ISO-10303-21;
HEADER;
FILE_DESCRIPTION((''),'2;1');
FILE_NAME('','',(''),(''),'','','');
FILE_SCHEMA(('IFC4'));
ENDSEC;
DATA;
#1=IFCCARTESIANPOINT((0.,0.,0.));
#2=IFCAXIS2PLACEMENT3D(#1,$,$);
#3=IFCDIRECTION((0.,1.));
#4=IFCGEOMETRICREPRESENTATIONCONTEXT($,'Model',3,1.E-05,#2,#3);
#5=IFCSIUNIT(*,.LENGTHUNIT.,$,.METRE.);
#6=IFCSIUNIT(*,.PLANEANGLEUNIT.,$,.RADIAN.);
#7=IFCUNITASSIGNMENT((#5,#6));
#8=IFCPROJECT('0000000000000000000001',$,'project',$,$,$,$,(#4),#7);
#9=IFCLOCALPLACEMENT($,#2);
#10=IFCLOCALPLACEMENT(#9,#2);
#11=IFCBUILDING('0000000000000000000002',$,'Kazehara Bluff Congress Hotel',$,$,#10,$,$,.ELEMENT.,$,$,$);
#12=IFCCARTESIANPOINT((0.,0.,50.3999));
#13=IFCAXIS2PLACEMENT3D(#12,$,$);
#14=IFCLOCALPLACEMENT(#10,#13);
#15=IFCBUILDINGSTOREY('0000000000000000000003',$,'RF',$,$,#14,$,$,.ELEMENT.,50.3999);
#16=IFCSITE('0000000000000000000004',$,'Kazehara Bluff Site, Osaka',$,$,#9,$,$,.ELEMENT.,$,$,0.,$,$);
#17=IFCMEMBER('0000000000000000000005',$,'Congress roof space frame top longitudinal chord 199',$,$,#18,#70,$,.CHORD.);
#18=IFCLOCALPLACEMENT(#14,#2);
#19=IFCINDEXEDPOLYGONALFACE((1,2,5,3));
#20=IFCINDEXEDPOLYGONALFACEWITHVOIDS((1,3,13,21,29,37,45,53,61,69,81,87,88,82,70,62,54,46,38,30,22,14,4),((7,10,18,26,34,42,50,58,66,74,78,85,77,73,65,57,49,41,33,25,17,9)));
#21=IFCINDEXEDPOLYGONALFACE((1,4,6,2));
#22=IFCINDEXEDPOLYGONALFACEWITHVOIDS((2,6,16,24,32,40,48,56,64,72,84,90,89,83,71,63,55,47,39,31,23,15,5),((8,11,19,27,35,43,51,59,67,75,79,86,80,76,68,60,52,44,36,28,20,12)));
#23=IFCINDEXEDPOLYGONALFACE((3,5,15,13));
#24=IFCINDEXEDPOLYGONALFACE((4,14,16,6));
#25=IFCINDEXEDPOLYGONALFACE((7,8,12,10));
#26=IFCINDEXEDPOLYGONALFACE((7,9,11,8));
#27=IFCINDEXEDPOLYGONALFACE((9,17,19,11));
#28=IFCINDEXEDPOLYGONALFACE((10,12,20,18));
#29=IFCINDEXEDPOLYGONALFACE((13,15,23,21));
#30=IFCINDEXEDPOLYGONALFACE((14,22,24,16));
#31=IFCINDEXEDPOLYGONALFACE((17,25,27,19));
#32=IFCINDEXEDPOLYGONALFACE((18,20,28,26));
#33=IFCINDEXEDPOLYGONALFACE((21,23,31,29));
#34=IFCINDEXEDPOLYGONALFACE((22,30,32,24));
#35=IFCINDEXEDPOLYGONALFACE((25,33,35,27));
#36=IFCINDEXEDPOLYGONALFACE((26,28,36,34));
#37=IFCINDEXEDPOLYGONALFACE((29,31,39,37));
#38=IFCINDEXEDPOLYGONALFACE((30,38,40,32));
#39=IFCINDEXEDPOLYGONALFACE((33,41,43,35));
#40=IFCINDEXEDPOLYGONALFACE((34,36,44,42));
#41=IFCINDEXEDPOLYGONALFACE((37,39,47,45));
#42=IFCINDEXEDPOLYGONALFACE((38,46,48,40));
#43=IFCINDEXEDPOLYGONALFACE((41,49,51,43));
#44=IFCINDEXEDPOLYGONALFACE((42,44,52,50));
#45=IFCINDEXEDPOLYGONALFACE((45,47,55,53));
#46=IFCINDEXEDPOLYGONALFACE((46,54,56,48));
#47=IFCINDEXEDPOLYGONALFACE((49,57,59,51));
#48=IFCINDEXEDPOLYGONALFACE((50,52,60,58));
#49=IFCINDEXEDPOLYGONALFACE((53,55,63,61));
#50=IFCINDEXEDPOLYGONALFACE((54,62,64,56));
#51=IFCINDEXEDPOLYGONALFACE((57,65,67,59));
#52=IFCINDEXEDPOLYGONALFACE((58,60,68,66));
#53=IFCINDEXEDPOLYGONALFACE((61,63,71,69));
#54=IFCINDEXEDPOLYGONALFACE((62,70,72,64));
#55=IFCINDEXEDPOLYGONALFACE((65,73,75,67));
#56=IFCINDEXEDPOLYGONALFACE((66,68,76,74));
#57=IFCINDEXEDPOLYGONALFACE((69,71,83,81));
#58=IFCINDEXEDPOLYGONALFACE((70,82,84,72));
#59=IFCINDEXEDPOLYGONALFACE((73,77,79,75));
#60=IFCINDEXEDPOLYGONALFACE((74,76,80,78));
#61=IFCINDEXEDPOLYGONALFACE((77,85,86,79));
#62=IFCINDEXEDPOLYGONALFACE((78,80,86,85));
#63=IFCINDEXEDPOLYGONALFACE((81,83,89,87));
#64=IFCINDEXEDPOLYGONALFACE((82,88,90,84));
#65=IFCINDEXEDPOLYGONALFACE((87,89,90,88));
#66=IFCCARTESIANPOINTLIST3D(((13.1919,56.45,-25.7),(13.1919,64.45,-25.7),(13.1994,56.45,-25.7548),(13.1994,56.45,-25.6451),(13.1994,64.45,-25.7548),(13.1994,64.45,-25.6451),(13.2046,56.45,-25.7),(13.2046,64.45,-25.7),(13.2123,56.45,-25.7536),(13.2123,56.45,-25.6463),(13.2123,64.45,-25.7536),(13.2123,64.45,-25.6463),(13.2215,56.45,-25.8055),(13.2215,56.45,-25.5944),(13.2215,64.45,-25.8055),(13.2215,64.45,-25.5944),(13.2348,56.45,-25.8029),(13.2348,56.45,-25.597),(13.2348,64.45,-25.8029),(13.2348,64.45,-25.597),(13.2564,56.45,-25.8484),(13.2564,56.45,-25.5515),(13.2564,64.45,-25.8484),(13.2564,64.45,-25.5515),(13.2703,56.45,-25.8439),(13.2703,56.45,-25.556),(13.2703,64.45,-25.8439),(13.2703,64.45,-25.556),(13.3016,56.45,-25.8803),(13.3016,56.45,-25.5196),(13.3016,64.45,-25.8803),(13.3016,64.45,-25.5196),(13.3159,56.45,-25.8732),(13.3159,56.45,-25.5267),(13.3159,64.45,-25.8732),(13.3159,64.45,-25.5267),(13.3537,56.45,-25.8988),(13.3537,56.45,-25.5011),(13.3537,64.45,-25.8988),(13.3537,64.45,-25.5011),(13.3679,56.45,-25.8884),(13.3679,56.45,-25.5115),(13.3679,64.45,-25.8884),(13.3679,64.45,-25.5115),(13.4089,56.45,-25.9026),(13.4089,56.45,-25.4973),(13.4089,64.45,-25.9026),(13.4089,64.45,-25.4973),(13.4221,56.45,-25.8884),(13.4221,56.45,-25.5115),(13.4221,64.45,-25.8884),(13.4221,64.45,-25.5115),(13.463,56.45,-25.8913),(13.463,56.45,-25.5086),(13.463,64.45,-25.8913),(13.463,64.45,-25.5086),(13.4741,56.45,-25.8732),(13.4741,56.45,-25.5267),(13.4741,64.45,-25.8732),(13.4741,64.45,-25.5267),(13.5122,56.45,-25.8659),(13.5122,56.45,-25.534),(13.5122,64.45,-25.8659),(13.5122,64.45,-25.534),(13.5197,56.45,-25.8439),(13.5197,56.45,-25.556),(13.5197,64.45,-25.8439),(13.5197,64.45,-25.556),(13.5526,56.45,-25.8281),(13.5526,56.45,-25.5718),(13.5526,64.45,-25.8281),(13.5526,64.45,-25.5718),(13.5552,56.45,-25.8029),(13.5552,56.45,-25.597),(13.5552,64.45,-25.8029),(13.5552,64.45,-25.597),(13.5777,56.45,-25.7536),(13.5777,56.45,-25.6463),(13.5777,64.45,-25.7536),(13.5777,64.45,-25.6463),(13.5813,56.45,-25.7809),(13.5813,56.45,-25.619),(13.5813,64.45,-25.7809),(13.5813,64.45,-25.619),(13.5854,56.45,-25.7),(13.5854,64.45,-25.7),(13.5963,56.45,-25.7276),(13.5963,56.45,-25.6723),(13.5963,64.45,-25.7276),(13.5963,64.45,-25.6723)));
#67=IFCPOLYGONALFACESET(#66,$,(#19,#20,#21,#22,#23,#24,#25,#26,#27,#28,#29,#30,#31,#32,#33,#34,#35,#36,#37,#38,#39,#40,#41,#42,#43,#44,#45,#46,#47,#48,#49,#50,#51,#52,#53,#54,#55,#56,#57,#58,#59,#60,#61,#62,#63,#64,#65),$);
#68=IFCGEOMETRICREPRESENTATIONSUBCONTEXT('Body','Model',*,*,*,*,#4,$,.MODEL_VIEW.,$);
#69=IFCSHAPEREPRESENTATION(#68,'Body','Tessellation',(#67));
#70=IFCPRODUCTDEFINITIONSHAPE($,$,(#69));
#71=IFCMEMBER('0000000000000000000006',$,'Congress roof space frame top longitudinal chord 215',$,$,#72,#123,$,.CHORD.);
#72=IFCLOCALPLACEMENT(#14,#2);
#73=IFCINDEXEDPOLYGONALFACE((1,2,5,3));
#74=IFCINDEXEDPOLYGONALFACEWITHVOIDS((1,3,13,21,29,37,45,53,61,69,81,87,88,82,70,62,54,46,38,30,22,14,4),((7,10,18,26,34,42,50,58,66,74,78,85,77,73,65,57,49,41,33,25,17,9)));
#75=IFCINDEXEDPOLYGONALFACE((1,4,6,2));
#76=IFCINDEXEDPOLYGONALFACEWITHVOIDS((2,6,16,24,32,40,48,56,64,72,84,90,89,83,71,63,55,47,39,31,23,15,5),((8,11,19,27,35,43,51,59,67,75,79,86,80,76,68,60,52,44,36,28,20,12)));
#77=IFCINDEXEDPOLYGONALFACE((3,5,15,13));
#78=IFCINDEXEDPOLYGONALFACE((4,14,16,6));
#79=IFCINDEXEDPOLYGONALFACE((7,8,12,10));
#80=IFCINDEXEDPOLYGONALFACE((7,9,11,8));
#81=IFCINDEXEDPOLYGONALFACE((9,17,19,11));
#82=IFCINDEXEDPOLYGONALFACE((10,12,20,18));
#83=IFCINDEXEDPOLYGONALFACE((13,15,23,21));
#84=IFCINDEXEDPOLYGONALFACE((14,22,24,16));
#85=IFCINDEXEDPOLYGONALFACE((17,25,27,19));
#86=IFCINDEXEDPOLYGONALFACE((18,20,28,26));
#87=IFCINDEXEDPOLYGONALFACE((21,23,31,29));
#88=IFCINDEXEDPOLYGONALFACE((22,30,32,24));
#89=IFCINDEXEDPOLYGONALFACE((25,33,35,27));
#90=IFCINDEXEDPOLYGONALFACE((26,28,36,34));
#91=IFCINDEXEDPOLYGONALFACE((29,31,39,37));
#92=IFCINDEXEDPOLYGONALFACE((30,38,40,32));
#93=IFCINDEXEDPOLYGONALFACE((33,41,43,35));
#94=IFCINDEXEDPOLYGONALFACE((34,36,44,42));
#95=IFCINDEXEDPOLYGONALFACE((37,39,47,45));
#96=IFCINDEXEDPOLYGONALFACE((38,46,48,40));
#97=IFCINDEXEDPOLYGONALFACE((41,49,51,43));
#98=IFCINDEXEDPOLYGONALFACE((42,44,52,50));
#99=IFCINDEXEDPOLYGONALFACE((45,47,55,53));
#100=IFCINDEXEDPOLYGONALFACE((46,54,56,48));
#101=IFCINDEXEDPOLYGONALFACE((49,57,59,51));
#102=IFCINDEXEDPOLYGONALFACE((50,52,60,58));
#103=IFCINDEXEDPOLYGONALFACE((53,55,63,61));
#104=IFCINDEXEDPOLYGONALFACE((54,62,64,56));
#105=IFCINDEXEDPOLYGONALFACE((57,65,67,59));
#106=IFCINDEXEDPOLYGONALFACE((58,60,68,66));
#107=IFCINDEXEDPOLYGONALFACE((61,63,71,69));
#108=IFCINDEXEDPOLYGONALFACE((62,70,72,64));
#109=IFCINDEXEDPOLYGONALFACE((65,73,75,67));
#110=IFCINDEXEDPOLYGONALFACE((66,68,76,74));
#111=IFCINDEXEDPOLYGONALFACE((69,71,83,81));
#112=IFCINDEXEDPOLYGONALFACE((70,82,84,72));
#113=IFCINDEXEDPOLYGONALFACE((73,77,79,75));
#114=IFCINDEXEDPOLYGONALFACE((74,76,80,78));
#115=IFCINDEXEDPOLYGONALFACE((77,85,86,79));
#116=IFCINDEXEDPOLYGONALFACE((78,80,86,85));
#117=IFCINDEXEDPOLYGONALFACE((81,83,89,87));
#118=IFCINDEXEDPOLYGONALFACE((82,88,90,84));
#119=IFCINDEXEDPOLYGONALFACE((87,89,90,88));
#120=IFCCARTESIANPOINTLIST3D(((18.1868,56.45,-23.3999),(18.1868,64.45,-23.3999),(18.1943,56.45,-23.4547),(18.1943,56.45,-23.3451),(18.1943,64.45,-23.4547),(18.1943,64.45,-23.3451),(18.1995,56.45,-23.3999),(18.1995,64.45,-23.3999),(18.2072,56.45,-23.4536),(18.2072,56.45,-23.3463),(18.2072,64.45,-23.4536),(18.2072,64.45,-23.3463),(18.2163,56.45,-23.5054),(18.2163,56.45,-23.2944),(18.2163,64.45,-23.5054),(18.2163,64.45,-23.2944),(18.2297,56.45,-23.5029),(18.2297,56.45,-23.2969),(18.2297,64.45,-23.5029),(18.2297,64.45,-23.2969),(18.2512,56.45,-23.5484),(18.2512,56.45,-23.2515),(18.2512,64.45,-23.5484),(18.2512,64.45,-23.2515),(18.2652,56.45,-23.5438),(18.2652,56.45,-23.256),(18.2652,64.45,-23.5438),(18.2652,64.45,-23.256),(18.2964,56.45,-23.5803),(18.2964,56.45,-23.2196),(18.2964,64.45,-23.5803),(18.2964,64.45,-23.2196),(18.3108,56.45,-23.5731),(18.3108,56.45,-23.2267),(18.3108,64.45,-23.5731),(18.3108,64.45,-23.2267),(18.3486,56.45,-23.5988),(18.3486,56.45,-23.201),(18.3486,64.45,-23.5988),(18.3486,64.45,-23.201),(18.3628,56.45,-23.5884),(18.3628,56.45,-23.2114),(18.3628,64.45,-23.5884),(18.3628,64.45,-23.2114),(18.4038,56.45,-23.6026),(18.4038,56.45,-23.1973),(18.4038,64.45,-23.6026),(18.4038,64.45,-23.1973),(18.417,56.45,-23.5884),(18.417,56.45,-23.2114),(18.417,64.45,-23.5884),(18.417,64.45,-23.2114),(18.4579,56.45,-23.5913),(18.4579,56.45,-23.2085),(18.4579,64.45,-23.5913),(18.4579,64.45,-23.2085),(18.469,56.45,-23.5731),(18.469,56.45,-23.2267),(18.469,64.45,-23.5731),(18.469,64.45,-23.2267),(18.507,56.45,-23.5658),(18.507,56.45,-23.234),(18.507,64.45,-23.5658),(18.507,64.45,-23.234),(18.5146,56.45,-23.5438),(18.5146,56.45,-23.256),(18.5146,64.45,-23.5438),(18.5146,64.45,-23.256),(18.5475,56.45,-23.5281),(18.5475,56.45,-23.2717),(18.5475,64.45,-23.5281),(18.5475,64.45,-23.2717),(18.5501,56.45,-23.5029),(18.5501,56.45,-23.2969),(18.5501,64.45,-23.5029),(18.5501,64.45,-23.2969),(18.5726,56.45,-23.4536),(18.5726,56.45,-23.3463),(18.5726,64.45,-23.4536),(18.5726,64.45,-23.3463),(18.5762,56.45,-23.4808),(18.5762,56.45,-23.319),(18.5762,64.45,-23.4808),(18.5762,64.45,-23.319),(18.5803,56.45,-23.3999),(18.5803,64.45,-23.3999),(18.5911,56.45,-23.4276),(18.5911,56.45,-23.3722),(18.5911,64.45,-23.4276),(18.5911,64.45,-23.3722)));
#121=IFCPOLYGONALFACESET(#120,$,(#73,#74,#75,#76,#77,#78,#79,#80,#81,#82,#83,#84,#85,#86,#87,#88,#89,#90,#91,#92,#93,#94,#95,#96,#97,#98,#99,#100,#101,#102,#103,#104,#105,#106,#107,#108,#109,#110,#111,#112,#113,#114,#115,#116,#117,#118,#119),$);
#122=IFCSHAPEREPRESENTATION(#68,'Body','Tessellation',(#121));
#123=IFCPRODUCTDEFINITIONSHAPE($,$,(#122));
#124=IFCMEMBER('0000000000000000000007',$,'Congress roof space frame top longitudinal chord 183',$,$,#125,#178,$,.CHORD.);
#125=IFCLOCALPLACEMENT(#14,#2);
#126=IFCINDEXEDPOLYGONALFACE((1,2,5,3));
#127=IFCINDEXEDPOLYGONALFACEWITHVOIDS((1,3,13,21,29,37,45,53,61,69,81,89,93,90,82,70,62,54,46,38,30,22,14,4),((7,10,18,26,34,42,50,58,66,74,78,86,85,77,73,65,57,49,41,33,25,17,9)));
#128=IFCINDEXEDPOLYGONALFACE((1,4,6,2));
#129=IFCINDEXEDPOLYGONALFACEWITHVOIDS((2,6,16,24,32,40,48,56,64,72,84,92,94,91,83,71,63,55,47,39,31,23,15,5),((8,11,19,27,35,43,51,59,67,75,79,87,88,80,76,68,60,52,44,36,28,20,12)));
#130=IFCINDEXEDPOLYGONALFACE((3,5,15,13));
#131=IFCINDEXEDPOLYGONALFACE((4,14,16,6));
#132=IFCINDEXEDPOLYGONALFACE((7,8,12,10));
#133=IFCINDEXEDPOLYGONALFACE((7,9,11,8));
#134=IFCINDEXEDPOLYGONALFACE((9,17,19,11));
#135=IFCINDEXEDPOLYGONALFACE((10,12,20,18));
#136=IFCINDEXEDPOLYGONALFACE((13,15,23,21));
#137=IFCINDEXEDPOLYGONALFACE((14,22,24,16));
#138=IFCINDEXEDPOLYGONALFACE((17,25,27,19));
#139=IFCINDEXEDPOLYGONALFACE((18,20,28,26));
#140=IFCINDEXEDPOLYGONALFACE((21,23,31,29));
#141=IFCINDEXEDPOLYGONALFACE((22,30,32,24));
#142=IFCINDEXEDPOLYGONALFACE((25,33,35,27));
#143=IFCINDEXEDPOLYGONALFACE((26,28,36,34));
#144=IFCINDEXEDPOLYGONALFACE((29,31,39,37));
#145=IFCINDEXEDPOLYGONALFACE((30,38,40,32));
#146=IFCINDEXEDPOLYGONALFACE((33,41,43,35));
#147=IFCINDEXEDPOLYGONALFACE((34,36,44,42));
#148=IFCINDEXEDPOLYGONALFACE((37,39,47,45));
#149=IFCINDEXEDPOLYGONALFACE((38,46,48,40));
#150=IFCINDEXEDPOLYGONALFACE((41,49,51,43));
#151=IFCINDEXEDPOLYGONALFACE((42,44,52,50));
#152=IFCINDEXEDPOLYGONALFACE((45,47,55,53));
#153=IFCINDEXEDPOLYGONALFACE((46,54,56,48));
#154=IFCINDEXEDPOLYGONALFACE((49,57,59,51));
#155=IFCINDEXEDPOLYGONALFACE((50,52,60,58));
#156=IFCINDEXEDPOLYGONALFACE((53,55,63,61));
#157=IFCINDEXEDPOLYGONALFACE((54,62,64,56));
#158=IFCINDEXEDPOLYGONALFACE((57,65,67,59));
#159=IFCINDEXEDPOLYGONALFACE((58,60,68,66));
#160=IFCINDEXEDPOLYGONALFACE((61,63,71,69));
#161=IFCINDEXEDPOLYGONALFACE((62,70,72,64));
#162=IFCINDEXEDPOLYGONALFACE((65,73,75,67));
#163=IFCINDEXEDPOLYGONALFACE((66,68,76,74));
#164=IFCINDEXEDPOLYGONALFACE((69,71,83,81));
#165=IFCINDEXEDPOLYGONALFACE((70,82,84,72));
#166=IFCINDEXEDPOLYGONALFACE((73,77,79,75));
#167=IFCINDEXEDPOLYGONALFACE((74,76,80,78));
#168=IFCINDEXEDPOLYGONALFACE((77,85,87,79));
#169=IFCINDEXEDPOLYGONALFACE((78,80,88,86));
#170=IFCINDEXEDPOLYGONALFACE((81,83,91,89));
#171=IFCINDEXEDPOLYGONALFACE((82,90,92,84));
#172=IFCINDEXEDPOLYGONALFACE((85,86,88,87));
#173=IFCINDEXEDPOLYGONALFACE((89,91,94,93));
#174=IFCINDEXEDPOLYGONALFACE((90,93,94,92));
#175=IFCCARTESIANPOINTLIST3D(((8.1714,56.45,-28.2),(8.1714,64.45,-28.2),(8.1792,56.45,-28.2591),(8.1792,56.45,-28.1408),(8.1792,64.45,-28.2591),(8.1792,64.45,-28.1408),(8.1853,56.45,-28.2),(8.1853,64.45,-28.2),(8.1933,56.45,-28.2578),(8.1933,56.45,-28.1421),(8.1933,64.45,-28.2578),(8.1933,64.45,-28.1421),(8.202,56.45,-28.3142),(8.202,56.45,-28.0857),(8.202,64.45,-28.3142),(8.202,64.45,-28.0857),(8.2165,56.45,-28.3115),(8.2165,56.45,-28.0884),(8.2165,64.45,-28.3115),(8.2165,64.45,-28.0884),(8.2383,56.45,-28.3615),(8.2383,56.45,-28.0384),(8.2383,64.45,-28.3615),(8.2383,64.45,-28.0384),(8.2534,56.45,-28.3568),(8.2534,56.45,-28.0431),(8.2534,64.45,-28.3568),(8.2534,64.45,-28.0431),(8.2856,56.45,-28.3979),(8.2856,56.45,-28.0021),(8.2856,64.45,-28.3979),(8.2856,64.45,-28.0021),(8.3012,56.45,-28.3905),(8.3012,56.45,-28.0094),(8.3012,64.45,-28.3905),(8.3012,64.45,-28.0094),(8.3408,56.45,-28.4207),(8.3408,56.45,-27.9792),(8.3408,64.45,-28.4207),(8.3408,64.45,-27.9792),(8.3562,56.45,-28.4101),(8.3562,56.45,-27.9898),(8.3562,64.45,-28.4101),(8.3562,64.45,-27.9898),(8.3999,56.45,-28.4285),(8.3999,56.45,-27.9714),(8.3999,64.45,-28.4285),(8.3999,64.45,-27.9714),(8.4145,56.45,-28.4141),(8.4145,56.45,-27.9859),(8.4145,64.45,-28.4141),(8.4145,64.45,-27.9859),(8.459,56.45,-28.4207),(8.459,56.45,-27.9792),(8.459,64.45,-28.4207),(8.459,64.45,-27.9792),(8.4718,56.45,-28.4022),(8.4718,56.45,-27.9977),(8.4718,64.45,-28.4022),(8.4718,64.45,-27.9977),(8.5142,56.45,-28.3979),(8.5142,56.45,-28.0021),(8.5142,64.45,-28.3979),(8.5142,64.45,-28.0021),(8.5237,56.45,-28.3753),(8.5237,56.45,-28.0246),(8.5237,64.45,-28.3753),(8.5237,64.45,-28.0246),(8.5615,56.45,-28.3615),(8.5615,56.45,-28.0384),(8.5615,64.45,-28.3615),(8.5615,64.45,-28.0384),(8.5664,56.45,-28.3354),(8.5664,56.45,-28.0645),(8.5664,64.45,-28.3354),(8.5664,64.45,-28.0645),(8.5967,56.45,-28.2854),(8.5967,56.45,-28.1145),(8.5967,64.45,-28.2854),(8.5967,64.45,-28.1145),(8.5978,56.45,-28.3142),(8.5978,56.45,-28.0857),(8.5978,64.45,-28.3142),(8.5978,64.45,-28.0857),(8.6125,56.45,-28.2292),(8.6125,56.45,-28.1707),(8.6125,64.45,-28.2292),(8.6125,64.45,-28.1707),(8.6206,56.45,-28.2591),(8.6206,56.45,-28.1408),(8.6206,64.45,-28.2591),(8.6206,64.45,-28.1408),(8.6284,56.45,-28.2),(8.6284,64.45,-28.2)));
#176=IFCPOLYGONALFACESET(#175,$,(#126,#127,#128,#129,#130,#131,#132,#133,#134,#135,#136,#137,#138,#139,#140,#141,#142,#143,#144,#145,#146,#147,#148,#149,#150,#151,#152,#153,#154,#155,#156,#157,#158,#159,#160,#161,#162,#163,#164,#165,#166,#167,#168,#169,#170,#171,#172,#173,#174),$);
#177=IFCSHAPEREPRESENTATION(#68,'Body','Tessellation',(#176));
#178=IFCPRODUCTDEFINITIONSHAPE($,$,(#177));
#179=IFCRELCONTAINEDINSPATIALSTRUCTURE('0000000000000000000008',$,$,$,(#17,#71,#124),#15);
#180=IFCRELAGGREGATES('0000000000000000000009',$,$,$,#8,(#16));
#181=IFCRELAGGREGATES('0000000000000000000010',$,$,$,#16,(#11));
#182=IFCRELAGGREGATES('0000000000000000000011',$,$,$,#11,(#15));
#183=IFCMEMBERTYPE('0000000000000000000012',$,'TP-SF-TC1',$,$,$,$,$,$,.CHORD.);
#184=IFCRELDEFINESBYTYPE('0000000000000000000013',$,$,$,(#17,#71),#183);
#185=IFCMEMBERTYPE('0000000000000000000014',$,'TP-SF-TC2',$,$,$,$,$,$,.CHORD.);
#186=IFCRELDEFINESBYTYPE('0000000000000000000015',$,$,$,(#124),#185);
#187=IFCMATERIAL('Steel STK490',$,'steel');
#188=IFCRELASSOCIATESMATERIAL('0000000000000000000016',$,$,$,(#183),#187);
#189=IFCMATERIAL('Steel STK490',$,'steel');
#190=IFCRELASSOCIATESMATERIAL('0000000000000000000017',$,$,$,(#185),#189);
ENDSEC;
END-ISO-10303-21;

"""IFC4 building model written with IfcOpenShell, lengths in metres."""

from ifc_helpers import new_model, si_unit, direction, frame, origin, origin_2d, place, context, subcontext, project, spatial, hollow_circle, extrude, material, material_profile, profile_set, type_object, element, save


model = new_model("IFC4")

# Units and contexts
model_context = context("Model", 3, precision=1e-05, world=origin(), true_north=direction((0.0, 1.0)))
body_context = subcontext(model_context, "Body", "Model", "MODEL_VIEW")
ifc_project = project(units=[si_unit("LENGTHUNIT", "METRE"), si_unit("PLANEANGLEUNIT", "RADIAN")], contexts=[model_context])

# Site, building, storey
site_placement = place(None, origin())
site = spatial("IfcSite", under=ifc_project, at=site_placement, Name="Kazehara Bluff Site, Osaka", CompositionType="ELEMENT", RefElevation=0.0)
building_placement = place(site_placement, origin())
building = spatial("IfcBuilding", under=site, at=building_placement, Name="Kazehara Bluff Congress Hotel", CompositionType="ELEMENT")
storey_placement = place(building_placement, frame((0.0, 0.0, 50.3999)))
storey = spatial("IfcBuildingStorey", under=building, at=storey_placement, Name="RF", CompositionType="ELEMENT", Elevation=50.3999)

# Members
ifc_material_1 = material(Name="Steel STK490", Category="steel")
ifc_material_profile_1 = material_profile(ifc_material_1, hollow_circle(Radius=0.2031, WallThickness=0.0127, at=origin_2d()))
ifc_profile_set_1 = profile_set([ifc_material_profile_1], Name="Steel STK490")
member_type_1 = type_object("IfcMemberType", Name="TP-SF-TC1", PredefinedType="CHORD", material=ifc_profile_set_1)
for number, where, z_axis, x_axis, name in (
    (1, (13.395, 56.45, -25.7), (0.0, 1.0, 0.0), (-1.0, 0.0, 0.0), "Congress roof space frame top longitudinal chord 199"),
    (2, (18.3899, 56.45, -23.3999), (0.0, 1.0, 0.0), (-1.0, 0.0, 0.0), "Congress roof space frame top longitudinal chord 215"),
):
    element("IfcMember", number, at=place(storey_placement, frame(where, z_axis=z_axis, x_axis=x_axis)), inside=storey, type_object=member_type_1, Name=name, PredefinedType="CHORD", context=body_context, shape_type="SweptSolid", body=[
        extrude(hollow_circle(Radius=0.2031, WallThickness=0.0127, at=origin_2d()), origin(), (0.0, 0.0, 1.0), 8.0),
    ])
ifc_material_2 = material(Name="Steel STK490", Category="steel")
ifc_material_profile_2 = material_profile(ifc_material_2, hollow_circle(Radius=0.2285, WallThickness=0.0139, at=origin_2d()))
ifc_profile_set_2 = profile_set([ifc_material_profile_2], Name="Steel STK490")
member_type_2 = type_object("IfcMemberType", Name="TP-SF-TC2", PredefinedType="CHORD", material=ifc_profile_set_2)
member_1_placement = place(storey_placement, frame((8.3999, 56.45, -28.2), z_axis=(0.0, 1.0, 0.0), x_axis=(-1.0, 0.0, 0.0)))
element("IfcMember", 3, at=member_1_placement, inside=storey, type_object=member_type_2, Name="Congress roof space frame top longitudinal chord 183", PredefinedType="CHORD", context=body_context, shape_type="SweptSolid", body=[
    extrude(hollow_circle(Radius=0.2285, WallThickness=0.0139, at=origin_2d()), origin(), (0.0, 0.0, 1.0), 8.0),
])

save(model, "model.ifc")
